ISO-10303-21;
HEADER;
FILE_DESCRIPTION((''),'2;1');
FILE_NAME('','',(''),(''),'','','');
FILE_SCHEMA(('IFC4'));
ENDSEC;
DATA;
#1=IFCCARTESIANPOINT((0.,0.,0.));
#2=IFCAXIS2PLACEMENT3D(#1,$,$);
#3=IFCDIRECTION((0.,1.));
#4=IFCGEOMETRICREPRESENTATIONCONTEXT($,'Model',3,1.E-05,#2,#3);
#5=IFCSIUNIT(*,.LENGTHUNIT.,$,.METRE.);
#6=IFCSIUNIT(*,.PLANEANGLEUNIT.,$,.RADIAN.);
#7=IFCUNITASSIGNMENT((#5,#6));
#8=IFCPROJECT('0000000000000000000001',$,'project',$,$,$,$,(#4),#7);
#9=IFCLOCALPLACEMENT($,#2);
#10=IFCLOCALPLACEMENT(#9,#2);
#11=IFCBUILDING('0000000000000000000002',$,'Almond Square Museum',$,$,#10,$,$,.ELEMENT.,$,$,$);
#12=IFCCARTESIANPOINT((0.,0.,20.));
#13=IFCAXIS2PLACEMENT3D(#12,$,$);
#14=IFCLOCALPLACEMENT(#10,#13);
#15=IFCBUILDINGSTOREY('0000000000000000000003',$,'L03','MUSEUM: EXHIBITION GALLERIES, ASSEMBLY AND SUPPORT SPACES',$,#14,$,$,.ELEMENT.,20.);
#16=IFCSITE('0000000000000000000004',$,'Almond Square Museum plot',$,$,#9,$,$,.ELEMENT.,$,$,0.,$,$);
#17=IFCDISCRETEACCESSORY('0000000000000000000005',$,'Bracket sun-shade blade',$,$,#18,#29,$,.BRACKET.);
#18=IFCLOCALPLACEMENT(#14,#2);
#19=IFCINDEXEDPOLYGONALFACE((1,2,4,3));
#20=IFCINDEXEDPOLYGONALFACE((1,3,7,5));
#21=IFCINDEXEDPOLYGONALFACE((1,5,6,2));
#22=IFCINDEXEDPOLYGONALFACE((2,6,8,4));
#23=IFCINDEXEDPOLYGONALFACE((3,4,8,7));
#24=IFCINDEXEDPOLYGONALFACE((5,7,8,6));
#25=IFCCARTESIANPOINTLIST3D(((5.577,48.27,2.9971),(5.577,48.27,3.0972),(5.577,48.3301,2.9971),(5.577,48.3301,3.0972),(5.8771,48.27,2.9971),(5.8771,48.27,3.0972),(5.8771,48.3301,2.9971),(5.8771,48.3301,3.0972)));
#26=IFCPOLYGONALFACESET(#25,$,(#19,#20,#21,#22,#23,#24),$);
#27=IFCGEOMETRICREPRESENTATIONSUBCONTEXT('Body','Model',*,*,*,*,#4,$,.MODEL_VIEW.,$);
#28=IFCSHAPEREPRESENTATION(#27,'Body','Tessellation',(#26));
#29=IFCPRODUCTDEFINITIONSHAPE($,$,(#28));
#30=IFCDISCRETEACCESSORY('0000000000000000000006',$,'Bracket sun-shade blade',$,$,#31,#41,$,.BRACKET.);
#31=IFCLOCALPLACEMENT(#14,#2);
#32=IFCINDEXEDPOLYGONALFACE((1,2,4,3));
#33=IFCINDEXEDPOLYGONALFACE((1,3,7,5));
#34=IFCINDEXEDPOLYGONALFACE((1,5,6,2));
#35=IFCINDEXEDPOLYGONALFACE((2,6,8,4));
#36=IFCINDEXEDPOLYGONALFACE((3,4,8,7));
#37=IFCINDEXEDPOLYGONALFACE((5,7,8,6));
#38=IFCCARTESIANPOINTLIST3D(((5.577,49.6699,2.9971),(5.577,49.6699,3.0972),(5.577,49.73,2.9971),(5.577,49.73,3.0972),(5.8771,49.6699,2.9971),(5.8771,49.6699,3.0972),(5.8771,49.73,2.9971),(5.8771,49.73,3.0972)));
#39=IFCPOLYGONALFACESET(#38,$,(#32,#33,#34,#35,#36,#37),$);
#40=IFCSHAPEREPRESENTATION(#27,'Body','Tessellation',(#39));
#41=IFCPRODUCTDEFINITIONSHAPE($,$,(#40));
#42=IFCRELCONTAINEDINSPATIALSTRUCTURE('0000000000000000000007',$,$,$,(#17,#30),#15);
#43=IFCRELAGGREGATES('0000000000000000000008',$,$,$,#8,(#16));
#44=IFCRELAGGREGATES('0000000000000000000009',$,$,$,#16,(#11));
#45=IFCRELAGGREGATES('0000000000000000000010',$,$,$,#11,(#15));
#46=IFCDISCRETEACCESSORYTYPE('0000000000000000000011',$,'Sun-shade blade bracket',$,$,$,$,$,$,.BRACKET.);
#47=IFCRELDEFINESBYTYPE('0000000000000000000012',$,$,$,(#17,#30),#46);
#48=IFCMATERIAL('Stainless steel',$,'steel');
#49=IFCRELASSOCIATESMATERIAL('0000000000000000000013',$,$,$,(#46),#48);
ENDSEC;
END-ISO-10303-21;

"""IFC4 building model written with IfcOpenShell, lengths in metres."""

from ifc_helpers import new_model, si_unit, direction, frame, origin, origin_2d, place, context, subcontext, project, spatial, rectangle, extrude, material, type_object, element, save


model = new_model("IFC4")

# Units and contexts
model_context = context("Model", 3, precision=1e-05, world=origin(), true_north=direction((0.0, 1.0)))
body_context = subcontext(model_context, "Body", "Model", "MODEL_VIEW")
ifc_project = project(units=[si_unit("LENGTHUNIT", "METRE"), si_unit("PLANEANGLEUNIT", "RADIAN")], contexts=[model_context])

# Site, building, storey
site_placement = place(None, origin())
site = spatial("IfcSite", under=ifc_project, at=site_placement, Name="Almond Square Museum plot", CompositionType="ELEMENT", RefElevation=0.0)
building_placement = place(site_placement, origin())
building = spatial("IfcBuilding", under=site, at=building_placement, Name="Almond Square Museum", CompositionType="ELEMENT")
storey_placement = place(building_placement, frame((0.0, 0.0, 20.0)))
storey = spatial("IfcBuildingStorey", under=building, at=storey_placement, Name="L03", Description="MUSEUM: EXHIBITION GALLERIES, ASSEMBLY AND SUPPORT SPACES", CompositionType="ELEMENT", Elevation=20.0)

# Discrete accessories
ifc_material_1 = material(Name="Stainless steel", Category="steel")
discrete_accessory_type = type_object("IfcDiscreteAccessoryType", Name="Sun-shade blade bracket", PredefinedType="BRACKET", material=ifc_material_1)
for number, where, z_axis, x_axis, name in (
    (1, (5.7271, 48.3, 2.9971), (0.0, 0.0, 1.0), (1.0, 0.0, 0.0), "Bracket sun-shade blade"),
    (2, (5.7271, 49.7, 2.9971), (0.0, 0.0, 1.0), (1.0, 0.0, 0.0), "Bracket sun-shade blade"),
):
    element("IfcDiscreteAccessory", number, at=place(storey_placement, frame(where, z_axis=z_axis, x_axis=x_axis)), inside=storey, type_object=discrete_accessory_type, Name=name, PredefinedType="BRACKET", context=body_context, shape_type="SweptSolid", body=[
        extrude(rectangle(XDim=0.3, YDim=0.0601, at=origin_2d()), origin(), (0.0, 0.0, 1.0), 0.1001),
    ])

save(model, "model.ifc")
